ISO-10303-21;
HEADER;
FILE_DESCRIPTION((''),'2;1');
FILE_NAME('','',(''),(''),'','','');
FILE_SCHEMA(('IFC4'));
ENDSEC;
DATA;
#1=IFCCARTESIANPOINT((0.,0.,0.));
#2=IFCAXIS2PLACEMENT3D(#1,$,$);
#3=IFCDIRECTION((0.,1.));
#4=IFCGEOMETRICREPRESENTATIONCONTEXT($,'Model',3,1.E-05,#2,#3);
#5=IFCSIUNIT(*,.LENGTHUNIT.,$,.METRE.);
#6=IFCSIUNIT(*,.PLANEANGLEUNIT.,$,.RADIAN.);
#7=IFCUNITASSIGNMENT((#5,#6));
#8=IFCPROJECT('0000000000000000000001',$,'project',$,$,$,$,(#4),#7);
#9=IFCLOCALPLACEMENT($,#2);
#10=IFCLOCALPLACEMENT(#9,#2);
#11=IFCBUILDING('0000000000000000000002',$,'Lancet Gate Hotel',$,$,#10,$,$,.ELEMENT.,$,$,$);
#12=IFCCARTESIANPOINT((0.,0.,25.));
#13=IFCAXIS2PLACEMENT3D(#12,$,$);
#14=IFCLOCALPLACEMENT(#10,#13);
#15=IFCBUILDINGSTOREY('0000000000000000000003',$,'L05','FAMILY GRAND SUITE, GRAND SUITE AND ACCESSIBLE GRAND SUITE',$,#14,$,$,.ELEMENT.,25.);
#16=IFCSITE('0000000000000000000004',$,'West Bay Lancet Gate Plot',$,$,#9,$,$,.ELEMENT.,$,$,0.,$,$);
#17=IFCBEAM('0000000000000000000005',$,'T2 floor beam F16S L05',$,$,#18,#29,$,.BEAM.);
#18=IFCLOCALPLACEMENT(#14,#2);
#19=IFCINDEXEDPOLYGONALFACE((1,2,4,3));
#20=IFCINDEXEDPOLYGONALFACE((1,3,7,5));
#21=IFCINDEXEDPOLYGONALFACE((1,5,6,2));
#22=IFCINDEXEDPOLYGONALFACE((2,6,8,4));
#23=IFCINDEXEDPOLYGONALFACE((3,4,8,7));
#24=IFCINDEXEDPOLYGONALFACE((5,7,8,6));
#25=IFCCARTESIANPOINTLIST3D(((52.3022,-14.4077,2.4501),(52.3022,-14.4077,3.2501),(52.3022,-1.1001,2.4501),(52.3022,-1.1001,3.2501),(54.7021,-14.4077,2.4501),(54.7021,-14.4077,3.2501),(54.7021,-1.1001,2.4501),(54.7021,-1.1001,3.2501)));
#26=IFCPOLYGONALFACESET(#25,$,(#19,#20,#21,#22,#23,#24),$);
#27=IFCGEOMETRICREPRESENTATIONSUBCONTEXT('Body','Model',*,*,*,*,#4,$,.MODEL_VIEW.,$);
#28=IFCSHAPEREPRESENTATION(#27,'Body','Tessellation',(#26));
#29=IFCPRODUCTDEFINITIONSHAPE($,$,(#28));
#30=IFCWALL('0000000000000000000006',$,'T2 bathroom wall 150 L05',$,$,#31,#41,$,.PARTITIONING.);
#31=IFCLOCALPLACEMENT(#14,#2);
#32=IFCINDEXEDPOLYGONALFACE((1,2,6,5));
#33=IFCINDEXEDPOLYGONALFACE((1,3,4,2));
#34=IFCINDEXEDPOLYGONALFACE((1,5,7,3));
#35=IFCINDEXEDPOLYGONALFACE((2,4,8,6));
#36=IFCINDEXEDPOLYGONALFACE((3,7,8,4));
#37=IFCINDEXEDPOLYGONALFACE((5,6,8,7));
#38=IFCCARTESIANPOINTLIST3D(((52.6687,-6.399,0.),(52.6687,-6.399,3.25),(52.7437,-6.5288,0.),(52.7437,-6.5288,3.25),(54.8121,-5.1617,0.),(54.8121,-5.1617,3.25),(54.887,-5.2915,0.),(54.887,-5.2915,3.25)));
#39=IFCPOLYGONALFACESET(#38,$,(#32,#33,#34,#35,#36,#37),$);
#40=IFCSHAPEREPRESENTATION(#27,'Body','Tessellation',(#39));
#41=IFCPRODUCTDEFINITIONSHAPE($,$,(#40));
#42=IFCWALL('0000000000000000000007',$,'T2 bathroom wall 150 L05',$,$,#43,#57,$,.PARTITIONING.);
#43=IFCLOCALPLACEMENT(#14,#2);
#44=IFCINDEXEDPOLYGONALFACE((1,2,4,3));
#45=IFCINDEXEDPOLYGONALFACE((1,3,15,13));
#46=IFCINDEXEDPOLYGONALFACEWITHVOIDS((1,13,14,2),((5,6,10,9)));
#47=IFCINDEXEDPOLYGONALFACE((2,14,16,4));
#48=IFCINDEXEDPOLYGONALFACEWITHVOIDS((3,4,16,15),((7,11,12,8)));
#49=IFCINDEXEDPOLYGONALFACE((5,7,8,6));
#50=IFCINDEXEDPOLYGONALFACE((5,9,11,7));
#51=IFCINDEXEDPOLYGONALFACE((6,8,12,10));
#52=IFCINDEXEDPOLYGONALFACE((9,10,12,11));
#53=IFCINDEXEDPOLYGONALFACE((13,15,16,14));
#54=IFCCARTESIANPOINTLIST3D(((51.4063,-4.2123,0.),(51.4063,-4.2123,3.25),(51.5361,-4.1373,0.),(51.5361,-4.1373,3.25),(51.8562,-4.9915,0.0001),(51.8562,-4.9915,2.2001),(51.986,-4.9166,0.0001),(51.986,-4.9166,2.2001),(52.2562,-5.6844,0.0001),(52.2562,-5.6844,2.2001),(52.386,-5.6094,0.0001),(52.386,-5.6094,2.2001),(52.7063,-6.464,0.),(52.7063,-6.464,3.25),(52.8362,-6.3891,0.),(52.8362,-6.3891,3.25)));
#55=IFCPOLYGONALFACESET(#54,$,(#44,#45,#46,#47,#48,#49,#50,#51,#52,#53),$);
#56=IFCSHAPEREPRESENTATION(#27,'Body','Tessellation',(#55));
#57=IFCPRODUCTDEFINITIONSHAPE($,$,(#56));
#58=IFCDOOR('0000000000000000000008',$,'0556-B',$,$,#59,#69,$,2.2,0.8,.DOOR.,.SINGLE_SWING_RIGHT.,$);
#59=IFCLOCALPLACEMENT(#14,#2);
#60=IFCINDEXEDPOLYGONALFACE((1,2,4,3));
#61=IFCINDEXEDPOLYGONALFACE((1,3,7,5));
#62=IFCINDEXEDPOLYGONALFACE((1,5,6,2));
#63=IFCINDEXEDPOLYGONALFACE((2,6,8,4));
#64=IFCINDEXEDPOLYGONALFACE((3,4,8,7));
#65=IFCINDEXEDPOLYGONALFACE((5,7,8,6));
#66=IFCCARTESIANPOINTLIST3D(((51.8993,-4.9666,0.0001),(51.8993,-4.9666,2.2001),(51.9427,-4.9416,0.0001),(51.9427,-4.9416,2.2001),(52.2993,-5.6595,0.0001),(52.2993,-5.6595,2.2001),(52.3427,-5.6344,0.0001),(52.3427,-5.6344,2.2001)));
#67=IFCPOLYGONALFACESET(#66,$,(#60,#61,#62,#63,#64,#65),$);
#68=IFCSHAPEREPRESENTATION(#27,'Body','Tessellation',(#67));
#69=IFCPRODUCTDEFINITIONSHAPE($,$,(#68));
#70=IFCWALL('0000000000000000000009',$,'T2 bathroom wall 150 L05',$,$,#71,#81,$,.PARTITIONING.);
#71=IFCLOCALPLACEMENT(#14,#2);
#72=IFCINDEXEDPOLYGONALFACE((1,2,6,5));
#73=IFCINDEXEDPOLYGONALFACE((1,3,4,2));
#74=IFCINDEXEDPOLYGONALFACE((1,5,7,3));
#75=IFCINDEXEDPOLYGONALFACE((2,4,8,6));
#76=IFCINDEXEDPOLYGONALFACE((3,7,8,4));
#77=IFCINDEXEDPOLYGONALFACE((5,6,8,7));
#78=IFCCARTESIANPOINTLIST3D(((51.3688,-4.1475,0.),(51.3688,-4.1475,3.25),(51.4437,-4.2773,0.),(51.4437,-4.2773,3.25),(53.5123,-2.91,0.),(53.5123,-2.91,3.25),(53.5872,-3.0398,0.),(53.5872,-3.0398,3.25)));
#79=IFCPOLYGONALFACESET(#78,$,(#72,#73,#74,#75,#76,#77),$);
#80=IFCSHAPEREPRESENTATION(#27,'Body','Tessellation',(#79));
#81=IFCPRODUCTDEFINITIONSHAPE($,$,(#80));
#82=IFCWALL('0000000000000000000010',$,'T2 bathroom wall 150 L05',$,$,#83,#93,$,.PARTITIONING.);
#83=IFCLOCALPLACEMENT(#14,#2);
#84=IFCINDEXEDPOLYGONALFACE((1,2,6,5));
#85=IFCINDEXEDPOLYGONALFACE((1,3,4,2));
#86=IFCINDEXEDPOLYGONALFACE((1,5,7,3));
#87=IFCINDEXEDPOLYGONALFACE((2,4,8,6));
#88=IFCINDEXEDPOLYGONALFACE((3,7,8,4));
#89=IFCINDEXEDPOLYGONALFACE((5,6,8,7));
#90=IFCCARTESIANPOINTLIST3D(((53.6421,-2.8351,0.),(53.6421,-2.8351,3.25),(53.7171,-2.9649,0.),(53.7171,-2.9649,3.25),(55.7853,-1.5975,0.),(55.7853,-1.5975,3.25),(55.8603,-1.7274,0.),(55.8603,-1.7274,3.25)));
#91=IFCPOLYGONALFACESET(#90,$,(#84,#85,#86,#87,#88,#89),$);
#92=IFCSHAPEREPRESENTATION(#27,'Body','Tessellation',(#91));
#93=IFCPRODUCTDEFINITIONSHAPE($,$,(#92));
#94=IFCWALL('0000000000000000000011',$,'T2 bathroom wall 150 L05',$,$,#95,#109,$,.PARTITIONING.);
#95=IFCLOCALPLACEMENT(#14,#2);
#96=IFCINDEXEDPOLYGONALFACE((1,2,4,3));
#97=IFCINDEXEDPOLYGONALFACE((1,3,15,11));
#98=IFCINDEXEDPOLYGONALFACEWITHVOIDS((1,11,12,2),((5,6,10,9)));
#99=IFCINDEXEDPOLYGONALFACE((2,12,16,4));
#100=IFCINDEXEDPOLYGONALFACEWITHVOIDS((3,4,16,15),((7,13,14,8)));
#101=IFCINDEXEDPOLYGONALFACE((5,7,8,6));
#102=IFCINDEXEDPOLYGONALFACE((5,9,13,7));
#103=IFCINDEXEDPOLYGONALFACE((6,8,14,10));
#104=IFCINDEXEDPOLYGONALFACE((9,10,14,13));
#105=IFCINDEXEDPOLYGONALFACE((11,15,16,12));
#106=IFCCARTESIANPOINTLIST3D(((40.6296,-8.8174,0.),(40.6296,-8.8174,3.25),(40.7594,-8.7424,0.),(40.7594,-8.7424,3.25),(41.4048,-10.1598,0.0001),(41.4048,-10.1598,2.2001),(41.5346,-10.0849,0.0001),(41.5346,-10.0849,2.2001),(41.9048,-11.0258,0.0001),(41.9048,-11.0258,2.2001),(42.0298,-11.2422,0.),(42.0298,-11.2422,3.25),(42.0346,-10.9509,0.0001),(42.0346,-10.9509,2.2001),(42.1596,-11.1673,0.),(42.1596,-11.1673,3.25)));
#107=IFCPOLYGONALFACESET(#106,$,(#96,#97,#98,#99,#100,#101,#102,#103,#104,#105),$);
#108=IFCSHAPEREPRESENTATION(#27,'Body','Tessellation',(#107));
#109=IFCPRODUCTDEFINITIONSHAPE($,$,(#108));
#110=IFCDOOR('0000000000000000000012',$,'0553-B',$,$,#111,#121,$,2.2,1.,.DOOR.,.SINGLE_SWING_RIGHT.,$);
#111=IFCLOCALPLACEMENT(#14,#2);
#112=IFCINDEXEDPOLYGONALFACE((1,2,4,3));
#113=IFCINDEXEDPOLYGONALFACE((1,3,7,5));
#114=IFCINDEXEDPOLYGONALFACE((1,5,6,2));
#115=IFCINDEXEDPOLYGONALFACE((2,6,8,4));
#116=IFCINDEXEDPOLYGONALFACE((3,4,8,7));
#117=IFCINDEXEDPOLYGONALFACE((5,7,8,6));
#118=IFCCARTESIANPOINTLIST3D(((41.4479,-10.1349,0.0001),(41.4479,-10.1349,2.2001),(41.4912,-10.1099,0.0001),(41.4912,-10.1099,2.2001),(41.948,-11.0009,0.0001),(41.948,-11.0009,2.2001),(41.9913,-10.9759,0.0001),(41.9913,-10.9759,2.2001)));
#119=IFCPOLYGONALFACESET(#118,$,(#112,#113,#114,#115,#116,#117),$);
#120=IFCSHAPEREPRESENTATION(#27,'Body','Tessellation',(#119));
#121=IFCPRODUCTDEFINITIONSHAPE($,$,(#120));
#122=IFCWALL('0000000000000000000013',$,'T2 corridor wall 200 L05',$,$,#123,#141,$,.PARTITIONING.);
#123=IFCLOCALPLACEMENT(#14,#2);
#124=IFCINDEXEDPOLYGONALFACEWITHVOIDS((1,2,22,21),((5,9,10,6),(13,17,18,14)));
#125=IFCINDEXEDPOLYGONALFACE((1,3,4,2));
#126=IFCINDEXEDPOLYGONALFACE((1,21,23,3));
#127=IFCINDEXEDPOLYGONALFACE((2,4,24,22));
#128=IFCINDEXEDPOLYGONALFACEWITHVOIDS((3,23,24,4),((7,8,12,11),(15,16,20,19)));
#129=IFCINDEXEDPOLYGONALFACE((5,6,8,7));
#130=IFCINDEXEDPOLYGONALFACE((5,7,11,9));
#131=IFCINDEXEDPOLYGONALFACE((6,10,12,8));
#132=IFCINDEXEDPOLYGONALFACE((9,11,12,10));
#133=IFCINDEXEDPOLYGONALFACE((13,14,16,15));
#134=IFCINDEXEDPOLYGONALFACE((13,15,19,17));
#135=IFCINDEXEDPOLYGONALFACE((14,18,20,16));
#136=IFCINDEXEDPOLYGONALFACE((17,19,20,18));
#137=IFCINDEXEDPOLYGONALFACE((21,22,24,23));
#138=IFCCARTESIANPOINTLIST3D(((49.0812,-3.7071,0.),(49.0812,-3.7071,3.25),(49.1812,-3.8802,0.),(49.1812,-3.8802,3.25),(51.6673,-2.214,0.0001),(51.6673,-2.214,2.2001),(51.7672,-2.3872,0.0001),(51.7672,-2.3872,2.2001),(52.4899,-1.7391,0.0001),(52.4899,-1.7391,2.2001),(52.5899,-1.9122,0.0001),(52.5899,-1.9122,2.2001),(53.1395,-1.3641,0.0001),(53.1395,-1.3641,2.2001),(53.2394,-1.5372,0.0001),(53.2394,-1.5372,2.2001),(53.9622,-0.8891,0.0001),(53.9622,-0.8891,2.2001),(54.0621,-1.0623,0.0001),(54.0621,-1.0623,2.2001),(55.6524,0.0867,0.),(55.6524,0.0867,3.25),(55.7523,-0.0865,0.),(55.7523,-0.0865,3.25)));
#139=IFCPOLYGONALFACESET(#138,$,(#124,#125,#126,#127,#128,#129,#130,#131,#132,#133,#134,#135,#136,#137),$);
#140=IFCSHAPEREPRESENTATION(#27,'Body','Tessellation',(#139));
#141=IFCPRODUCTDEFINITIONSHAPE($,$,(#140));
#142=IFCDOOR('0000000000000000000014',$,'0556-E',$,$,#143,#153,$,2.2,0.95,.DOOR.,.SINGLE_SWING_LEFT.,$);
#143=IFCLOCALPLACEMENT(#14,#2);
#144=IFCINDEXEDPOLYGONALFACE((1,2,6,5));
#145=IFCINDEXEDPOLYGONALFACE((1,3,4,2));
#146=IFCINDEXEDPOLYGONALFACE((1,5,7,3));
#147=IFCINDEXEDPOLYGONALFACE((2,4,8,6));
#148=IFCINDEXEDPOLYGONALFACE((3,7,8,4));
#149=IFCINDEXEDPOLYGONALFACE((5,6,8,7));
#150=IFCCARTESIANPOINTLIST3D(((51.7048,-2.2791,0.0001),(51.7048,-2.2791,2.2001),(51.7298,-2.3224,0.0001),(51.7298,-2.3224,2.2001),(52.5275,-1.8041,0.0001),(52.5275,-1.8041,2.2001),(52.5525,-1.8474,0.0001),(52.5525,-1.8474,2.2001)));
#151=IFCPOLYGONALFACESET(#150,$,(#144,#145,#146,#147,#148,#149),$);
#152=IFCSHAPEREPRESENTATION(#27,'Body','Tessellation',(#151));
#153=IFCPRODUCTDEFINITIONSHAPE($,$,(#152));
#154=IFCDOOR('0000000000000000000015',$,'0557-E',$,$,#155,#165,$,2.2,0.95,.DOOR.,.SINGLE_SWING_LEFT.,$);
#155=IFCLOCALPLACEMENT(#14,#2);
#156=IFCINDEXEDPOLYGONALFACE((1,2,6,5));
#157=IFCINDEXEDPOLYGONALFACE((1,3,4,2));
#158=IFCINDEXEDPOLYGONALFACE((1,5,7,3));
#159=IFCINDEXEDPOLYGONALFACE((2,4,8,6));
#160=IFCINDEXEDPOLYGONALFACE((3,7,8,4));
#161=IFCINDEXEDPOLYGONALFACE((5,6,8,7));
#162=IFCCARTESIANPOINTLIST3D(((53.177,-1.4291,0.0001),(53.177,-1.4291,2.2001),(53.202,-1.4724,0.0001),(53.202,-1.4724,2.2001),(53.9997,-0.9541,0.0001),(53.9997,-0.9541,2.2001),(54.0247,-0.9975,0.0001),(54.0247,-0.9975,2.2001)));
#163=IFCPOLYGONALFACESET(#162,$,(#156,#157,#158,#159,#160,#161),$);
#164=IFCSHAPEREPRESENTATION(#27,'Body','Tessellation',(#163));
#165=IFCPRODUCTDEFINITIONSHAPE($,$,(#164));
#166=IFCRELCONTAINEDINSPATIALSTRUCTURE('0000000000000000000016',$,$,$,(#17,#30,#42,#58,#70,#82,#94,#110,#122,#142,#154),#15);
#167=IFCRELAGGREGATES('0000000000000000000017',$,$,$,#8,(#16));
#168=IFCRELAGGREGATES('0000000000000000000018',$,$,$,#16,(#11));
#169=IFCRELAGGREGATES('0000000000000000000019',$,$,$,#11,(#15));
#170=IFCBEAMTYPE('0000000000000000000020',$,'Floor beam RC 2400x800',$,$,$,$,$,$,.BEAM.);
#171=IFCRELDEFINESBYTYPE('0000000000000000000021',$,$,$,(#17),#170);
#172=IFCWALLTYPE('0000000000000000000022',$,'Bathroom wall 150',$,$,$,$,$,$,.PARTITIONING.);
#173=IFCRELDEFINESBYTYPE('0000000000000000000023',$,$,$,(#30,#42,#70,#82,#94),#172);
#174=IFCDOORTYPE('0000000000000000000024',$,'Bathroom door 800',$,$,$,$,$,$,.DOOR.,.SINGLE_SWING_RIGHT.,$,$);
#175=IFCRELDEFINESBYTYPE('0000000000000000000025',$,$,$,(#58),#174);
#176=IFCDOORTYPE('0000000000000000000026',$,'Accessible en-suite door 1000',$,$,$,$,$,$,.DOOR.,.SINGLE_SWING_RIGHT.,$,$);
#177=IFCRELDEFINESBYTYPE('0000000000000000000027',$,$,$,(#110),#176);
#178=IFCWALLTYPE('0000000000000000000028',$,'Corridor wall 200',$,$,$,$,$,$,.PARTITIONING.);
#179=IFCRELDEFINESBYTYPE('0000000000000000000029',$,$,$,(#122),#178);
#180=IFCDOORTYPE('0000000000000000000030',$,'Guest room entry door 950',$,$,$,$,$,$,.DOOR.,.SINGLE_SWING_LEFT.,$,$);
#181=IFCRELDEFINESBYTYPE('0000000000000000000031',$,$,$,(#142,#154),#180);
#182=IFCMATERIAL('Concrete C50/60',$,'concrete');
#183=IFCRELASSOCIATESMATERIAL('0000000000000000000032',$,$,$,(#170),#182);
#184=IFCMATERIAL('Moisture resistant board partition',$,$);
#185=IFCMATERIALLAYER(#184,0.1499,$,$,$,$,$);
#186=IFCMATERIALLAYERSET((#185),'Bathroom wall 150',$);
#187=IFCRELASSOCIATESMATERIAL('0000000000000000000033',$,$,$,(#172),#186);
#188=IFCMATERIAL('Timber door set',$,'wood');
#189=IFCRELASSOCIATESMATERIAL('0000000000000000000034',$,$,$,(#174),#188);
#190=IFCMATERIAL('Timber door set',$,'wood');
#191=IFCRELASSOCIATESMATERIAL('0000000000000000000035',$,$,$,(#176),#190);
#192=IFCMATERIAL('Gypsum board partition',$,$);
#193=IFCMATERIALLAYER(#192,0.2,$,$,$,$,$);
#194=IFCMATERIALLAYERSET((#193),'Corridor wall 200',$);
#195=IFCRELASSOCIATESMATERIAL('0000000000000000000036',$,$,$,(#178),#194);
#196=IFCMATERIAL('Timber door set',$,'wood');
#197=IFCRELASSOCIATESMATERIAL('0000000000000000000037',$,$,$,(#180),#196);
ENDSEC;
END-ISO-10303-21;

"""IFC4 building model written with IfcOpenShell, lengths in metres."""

from ifc_helpers import new_model, si_unit, direction, frame, frame_2d, origin, origin_2d, place, context, subcontext, project, spatial, rectangle, extrude, material, layer, layer_set, material_profile, profile_set, type_object, element, fill, save


model = new_model("IFC4")

# Units and contexts
model_context = context("Model", 3, precision=1e-05, world=origin(), true_north=direction((0.0, 1.0)))
body_context = subcontext(model_context, "Body", "Model", "MODEL_VIEW")
ifc_project = project(units=[si_unit("LENGTHUNIT", "METRE"), si_unit("PLANEANGLEUNIT", "RADIAN")], contexts=[model_context])

# Site, building, storey
site_placement = place(None, origin())
site = spatial("IfcSite", under=ifc_project, at=site_placement, Name="West Bay Lancet Gate Plot", CompositionType="ELEMENT", RefElevation=0.0)
building_placement = place(site_placement, origin())
building = spatial("IfcBuilding", under=site, at=building_placement, Name="Lancet Gate Hotel", CompositionType="ELEMENT")
storey_placement = place(building_placement, frame((0.0, 0.0, 25.0)))
storey = spatial("IfcBuildingStorey", under=building, at=storey_placement, Name="L05", Description="FAMILY GRAND SUITE, GRAND SUITE AND ACCESSIBLE GRAND SUITE", CompositionType="ELEMENT", Elevation=25.0)

# Beam
ifc_material_1 = material(Name="Concrete C50/60", Category="concrete")
ifc_material_profile = material_profile(ifc_material_1, rectangle(XDim=2.3999, YDim=0.8, at=origin_2d()), Name="RC 2400x800")
ifc_profile_set = profile_set([ifc_material_profile], Name="Concrete C50/60")
beam_type = type_object("IfcBeamType", Name="Floor beam RC 2400x800", PredefinedType="BEAM", material=ifc_profile_set)
beam_placement = place(storey_placement, frame((53.5022, -14.4077, 2.8501), z_axis=(0.0, 1.0, 0.0), x_axis=(-1.0, 0.0, 0.0)))
element("IfcBeam", 1, at=beam_placement, inside=storey, type_object=beam_type, Name="T2 floor beam F16S L05", PredefinedType="BEAM", context=body_context, shape_type="SweptSolid", body=[
    extrude(rectangle(XDim=2.3999, YDim=0.8, at=origin_2d()), origin(), (0.0, 0.0, 1.0), 13.3076),
])

# Wall
ifc_material_2 = material(Name="Moisture resistant board partition")
ifc_layer_1 = layer(ifc_material_2, 0.1499)
ifc_layer_set_1 = layer_set([ifc_layer_1], Name="Bathroom wall 150")
wall_type_1 = type_object("IfcWallType", Name="Bathroom wall 150", PredefinedType="PARTITIONING", material=ifc_layer_set_1)
wall_1_placement = place(storey_placement, frame((52.7063, -6.4639, 0.0), z_axis=(0.0, 0.0, 1.0), x_axis=(0.866049, 0.499959, 0.0)))
element("IfcWall", 2, at=wall_1_placement, inside=storey, type_object=wall_type_1, Name="T2 bathroom wall 150 L05", PredefinedType="PARTITIONING", context=body_context, shape_type="SweptSolid", body=[
    extrude(rectangle(XDim=2.4749, YDim=0.1499, at=frame_2d((1.2373, 0.0))), origin(), (0.0, 0.0, 1.0), 3.25),
])

# Wall, opening, door
wall_2_placement = place(storey_placement, frame((51.4712, -4.1748, 0.0), z_axis=(0.0, 0.0, 1.0), x_axis=(0.500007, -0.866021, 0.0)))
wall_2 = element("IfcWall", 3, at=wall_2_placement, inside=storey, type_object=wall_type_1, Name="T2 bathroom wall 150 L05", PredefinedType="PARTITIONING", context=body_context, shape_type="SweptSolid", body=[
    extrude(rectangle(XDim=2.6001, YDim=0.1499, at=frame_2d((1.3, 0.0))), origin(), (0.0, 0.0, 1.0), 3.25),
])
opening_1_placement = place(wall_2_placement, frame((0.8999, 0.0, 0.0)))
opening_1 = element("IfcOpeningElement", 4, at=opening_1_placement, cuts=wall_2, PredefinedType="OPENING", context=body_context, shape_type="SweptSolid", body=[
    extrude(rectangle(XDim=0.8, YDim=2.2, at=frame_2d((0.3999, 1.1001))), frame((0.0, 0.085, 0.0), z_axis=(0.0, -1.0, 0.0), x_axis=(1.0, 0.0, 0.0)), (0.0, 0.0, 1.0), 0.1699),
])
ifc_material_3 = material(Name="Timber door set", Category="wood")
door_type_1 = type_object("IfcDoorType", Name="Bathroom door 800", OperationType="SINGLE_SWING_RIGHT", PredefinedType="DOOR", material=ifc_material_3)
door_1_placement = place(opening_1_placement, origin())
door_1 = element("IfcDoor", 5, at=door_1_placement, inside=storey, type_object=door_type_1, Name="0556-B", OperationType="SINGLE_SWING_RIGHT", OverallHeight=2.2, OverallWidth=0.8, PredefinedType="DOOR", context=body_context, shape_type="SweptSolid", body=[
    extrude(rectangle(XDim=0.8, YDim=2.2, at=frame_2d((0.3999, 1.1001))), frame((0.0, 0.0249, 0.0), z_axis=(0.0, -1.0, 0.0), x_axis=(1.0, 0.0, 0.0)), (0.0, 0.0, 1.0), 0.05),
])
fill(opening_1, door_1)

# Walls
wall_3_placement = place(storey_placement, frame((51.4062, -4.2124, 0.0), z_axis=(0.0, 0.0, 1.0), x_axis=(0.866031, 0.49999, 0.0)))
element("IfcWall", 6, at=wall_3_placement, inside=storey, type_object=wall_type_1, Name="T2 bathroom wall 150 L05", PredefinedType="PARTITIONING", context=body_context, shape_type="SweptSolid", body=[
    extrude(rectangle(XDim=2.4751, YDim=0.1499, at=frame_2d((1.2375, 0.0))), origin(), (0.0, 0.0, 1.0), 3.25),
])
wall_4_placement = place(storey_placement, frame((53.6797, -2.8999, 0.0), z_axis=(0.0, 0.0, 1.0), x_axis=(0.866007, 0.500033, 0.0)))
element("IfcWall", 7, at=wall_4_placement, inside=storey, type_object=wall_type_1, Name="T2 bathroom wall 150 L05", PredefinedType="PARTITIONING", context=body_context, shape_type="SweptSolid", body=[
    extrude(rectangle(XDim=2.4749, YDim=0.1499, at=frame_2d((1.2373, 0.0))), origin(), (0.0, 0.0, 1.0), 3.25),
])

# Wall, opening, door
wall_5_placement = place(storey_placement, frame((40.6946, -8.78, 0.0), z_axis=(0.0, 0.0, 1.0), x_axis=(0.50005, -0.865997, 0.0)))
wall_5 = element("IfcWall", 8, at=wall_5_placement, inside=storey, type_object=wall_type_1, Name="T2 bathroom wall 150 L05", PredefinedType="PARTITIONING", context=body_context, shape_type="SweptSolid", body=[
    extrude(rectangle(XDim=2.8, YDim=0.1499, at=frame_2d((1.3999, 0.0))), origin(), (0.0, 0.0, 1.0), 3.25),
])
opening_2_placement = place(wall_5_placement, frame((1.55, 0.0, 0.0)))
opening_2 = element("IfcOpeningElement", 9, at=opening_2_placement, cuts=wall_5, PredefinedType="OPENING", context=body_context, shape_type="SweptSolid", body=[
    extrude(rectangle(XDim=1.0, YDim=2.2, at=frame_2d((0.5, 1.1001))), frame((0.0, 0.085, 0.0), z_axis=(0.0, -1.0, 0.0), x_axis=(1.0, 0.0, 0.0)), (0.0, 0.0, 1.0), 0.1699),
])
ifc_material_4 = material(Name="Timber door set", Category="wood")
door_type_2 = type_object("IfcDoorType", Name="Accessible en-suite door 1000", OperationType="SINGLE_SWING_RIGHT", PredefinedType="DOOR", material=ifc_material_4)
door_2_placement = place(opening_2_placement, origin())
door_2 = element("IfcDoor", 10, at=door_2_placement, inside=storey, type_object=door_type_2, Name="0553-B", OperationType="SINGLE_SWING_RIGHT", OverallHeight=2.2, OverallWidth=1.0, PredefinedType="DOOR", context=body_context, shape_type="SweptSolid", body=[
    extrude(rectangle(XDim=1.0, YDim=2.2, at=frame_2d((0.5, 1.1001))), frame((0.0, 0.0249, 0.0), z_axis=(0.0, -1.0, 0.0), x_axis=(1.0, 0.0, 0.0)), (0.0, 0.0, 1.0), 0.05),
])
fill(opening_2, door_2)

# Wall, openings, doors
ifc_material_5 = material(Name="Gypsum board partition")
ifc_layer_2 = layer(ifc_material_5, 0.2)
ifc_layer_set_2 = layer_set([ifc_layer_2], Name="Corridor wall 200")
wall_type_2 = type_object("IfcWallType", Name="Corridor wall 200", PredefinedType="PARTITIONING", material=ifc_layer_set_2)
wall_6_placement = place(storey_placement, frame((49.1311, -3.7937, 0.0), z_axis=(0.0, 0.0, 1.0), x_axis=(0.866031, 0.499991, 0.0)))
wall_6 = element("IfcWall", 11, at=wall_6_placement, inside=storey, type_object=wall_type_2, Name="T2 corridor wall 200 L05", PredefinedType="PARTITIONING", context=body_context, shape_type="SweptSolid", body=[
    extrude(rectangle(XDim=7.5876, YDim=0.2, at=frame_2d((3.7939, 0.0))), origin(), (0.0, 0.0, 1.0), 3.25),
])
opening_3_placement = place(wall_6_placement, frame((2.9861, 0.0, 0.0)))
opening_3 = element("IfcOpeningElement", 12, at=opening_3_placement, cuts=wall_6, PredefinedType="OPENING", context=body_context, shape_type="SweptSolid", body=[
    extrude(rectangle(XDim=0.95, YDim=2.2, at=frame_2d((0.4751, 1.1001))), frame((0.0, 0.1099, 0.0), z_axis=(0.0, -1.0, 0.0), x_axis=(1.0, 0.0, 0.0)), (0.0, 0.0, 1.0), 0.22),
])
opening_4_placement = place(wall_6_placement, frame((4.686, 0.0, 0.0)))
opening_4 = element("IfcOpeningElement", 13, at=opening_4_placement, cuts=wall_6, PredefinedType="OPENING", context=body_context, shape_type="SweptSolid", body=[
    extrude(rectangle(XDim=0.95, YDim=2.2, at=frame_2d((0.4751, 1.1001))), frame((0.0, 0.1099, 0.0), z_axis=(0.0, -1.0, 0.0), x_axis=(1.0, 0.0, 0.0)), (0.0, 0.0, 1.0), 0.22),
])
ifc_material_6 = material(Name="Timber door set", Category="wood")
door_type_3 = type_object("IfcDoorType", Name="Guest room entry door 950", OperationType="SINGLE_SWING_LEFT", PredefinedType="DOOR", material=ifc_material_6)
door_3_placement = place(opening_3_placement, origin())
door_3 = element("IfcDoor", 14, at=door_3_placement, inside=storey, type_object=door_type_3, Name="0556-E", OperationType="SINGLE_SWING_LEFT", OverallHeight=2.2, OverallWidth=0.95, PredefinedType="DOOR", context=body_context, shape_type="SweptSolid", body=[
    extrude(rectangle(XDim=0.95, YDim=2.2, at=frame_2d((0.4751, 1.1001))), frame((0.0, 0.0249, 0.0), z_axis=(0.0, -1.0, 0.0), x_axis=(1.0, 0.0, 0.0)), (0.0, 0.0, 1.0), 0.05),
])
fill(opening_3, door_3)
door_4_placement = place(opening_4_placement, origin())
door_4 = element("IfcDoor", 15, at=door_4_placement, inside=storey, type_object=door_type_3, Name="0557-E", OperationType="SINGLE_SWING_LEFT", OverallHeight=2.2, OverallWidth=0.95, PredefinedType="DOOR", context=body_context, shape_type="SweptSolid", body=[
    extrude(rectangle(XDim=0.95, YDim=2.2, at=frame_2d((0.4751, 1.1001))), frame((0.0, 0.0249, 0.0), z_axis=(0.0, -1.0, 0.0), x_axis=(1.0, 0.0, 0.0)), (0.0, 0.0, 1.0), 0.05),
])
fill(opening_4, door_4)

save(model, "model.ifc")
